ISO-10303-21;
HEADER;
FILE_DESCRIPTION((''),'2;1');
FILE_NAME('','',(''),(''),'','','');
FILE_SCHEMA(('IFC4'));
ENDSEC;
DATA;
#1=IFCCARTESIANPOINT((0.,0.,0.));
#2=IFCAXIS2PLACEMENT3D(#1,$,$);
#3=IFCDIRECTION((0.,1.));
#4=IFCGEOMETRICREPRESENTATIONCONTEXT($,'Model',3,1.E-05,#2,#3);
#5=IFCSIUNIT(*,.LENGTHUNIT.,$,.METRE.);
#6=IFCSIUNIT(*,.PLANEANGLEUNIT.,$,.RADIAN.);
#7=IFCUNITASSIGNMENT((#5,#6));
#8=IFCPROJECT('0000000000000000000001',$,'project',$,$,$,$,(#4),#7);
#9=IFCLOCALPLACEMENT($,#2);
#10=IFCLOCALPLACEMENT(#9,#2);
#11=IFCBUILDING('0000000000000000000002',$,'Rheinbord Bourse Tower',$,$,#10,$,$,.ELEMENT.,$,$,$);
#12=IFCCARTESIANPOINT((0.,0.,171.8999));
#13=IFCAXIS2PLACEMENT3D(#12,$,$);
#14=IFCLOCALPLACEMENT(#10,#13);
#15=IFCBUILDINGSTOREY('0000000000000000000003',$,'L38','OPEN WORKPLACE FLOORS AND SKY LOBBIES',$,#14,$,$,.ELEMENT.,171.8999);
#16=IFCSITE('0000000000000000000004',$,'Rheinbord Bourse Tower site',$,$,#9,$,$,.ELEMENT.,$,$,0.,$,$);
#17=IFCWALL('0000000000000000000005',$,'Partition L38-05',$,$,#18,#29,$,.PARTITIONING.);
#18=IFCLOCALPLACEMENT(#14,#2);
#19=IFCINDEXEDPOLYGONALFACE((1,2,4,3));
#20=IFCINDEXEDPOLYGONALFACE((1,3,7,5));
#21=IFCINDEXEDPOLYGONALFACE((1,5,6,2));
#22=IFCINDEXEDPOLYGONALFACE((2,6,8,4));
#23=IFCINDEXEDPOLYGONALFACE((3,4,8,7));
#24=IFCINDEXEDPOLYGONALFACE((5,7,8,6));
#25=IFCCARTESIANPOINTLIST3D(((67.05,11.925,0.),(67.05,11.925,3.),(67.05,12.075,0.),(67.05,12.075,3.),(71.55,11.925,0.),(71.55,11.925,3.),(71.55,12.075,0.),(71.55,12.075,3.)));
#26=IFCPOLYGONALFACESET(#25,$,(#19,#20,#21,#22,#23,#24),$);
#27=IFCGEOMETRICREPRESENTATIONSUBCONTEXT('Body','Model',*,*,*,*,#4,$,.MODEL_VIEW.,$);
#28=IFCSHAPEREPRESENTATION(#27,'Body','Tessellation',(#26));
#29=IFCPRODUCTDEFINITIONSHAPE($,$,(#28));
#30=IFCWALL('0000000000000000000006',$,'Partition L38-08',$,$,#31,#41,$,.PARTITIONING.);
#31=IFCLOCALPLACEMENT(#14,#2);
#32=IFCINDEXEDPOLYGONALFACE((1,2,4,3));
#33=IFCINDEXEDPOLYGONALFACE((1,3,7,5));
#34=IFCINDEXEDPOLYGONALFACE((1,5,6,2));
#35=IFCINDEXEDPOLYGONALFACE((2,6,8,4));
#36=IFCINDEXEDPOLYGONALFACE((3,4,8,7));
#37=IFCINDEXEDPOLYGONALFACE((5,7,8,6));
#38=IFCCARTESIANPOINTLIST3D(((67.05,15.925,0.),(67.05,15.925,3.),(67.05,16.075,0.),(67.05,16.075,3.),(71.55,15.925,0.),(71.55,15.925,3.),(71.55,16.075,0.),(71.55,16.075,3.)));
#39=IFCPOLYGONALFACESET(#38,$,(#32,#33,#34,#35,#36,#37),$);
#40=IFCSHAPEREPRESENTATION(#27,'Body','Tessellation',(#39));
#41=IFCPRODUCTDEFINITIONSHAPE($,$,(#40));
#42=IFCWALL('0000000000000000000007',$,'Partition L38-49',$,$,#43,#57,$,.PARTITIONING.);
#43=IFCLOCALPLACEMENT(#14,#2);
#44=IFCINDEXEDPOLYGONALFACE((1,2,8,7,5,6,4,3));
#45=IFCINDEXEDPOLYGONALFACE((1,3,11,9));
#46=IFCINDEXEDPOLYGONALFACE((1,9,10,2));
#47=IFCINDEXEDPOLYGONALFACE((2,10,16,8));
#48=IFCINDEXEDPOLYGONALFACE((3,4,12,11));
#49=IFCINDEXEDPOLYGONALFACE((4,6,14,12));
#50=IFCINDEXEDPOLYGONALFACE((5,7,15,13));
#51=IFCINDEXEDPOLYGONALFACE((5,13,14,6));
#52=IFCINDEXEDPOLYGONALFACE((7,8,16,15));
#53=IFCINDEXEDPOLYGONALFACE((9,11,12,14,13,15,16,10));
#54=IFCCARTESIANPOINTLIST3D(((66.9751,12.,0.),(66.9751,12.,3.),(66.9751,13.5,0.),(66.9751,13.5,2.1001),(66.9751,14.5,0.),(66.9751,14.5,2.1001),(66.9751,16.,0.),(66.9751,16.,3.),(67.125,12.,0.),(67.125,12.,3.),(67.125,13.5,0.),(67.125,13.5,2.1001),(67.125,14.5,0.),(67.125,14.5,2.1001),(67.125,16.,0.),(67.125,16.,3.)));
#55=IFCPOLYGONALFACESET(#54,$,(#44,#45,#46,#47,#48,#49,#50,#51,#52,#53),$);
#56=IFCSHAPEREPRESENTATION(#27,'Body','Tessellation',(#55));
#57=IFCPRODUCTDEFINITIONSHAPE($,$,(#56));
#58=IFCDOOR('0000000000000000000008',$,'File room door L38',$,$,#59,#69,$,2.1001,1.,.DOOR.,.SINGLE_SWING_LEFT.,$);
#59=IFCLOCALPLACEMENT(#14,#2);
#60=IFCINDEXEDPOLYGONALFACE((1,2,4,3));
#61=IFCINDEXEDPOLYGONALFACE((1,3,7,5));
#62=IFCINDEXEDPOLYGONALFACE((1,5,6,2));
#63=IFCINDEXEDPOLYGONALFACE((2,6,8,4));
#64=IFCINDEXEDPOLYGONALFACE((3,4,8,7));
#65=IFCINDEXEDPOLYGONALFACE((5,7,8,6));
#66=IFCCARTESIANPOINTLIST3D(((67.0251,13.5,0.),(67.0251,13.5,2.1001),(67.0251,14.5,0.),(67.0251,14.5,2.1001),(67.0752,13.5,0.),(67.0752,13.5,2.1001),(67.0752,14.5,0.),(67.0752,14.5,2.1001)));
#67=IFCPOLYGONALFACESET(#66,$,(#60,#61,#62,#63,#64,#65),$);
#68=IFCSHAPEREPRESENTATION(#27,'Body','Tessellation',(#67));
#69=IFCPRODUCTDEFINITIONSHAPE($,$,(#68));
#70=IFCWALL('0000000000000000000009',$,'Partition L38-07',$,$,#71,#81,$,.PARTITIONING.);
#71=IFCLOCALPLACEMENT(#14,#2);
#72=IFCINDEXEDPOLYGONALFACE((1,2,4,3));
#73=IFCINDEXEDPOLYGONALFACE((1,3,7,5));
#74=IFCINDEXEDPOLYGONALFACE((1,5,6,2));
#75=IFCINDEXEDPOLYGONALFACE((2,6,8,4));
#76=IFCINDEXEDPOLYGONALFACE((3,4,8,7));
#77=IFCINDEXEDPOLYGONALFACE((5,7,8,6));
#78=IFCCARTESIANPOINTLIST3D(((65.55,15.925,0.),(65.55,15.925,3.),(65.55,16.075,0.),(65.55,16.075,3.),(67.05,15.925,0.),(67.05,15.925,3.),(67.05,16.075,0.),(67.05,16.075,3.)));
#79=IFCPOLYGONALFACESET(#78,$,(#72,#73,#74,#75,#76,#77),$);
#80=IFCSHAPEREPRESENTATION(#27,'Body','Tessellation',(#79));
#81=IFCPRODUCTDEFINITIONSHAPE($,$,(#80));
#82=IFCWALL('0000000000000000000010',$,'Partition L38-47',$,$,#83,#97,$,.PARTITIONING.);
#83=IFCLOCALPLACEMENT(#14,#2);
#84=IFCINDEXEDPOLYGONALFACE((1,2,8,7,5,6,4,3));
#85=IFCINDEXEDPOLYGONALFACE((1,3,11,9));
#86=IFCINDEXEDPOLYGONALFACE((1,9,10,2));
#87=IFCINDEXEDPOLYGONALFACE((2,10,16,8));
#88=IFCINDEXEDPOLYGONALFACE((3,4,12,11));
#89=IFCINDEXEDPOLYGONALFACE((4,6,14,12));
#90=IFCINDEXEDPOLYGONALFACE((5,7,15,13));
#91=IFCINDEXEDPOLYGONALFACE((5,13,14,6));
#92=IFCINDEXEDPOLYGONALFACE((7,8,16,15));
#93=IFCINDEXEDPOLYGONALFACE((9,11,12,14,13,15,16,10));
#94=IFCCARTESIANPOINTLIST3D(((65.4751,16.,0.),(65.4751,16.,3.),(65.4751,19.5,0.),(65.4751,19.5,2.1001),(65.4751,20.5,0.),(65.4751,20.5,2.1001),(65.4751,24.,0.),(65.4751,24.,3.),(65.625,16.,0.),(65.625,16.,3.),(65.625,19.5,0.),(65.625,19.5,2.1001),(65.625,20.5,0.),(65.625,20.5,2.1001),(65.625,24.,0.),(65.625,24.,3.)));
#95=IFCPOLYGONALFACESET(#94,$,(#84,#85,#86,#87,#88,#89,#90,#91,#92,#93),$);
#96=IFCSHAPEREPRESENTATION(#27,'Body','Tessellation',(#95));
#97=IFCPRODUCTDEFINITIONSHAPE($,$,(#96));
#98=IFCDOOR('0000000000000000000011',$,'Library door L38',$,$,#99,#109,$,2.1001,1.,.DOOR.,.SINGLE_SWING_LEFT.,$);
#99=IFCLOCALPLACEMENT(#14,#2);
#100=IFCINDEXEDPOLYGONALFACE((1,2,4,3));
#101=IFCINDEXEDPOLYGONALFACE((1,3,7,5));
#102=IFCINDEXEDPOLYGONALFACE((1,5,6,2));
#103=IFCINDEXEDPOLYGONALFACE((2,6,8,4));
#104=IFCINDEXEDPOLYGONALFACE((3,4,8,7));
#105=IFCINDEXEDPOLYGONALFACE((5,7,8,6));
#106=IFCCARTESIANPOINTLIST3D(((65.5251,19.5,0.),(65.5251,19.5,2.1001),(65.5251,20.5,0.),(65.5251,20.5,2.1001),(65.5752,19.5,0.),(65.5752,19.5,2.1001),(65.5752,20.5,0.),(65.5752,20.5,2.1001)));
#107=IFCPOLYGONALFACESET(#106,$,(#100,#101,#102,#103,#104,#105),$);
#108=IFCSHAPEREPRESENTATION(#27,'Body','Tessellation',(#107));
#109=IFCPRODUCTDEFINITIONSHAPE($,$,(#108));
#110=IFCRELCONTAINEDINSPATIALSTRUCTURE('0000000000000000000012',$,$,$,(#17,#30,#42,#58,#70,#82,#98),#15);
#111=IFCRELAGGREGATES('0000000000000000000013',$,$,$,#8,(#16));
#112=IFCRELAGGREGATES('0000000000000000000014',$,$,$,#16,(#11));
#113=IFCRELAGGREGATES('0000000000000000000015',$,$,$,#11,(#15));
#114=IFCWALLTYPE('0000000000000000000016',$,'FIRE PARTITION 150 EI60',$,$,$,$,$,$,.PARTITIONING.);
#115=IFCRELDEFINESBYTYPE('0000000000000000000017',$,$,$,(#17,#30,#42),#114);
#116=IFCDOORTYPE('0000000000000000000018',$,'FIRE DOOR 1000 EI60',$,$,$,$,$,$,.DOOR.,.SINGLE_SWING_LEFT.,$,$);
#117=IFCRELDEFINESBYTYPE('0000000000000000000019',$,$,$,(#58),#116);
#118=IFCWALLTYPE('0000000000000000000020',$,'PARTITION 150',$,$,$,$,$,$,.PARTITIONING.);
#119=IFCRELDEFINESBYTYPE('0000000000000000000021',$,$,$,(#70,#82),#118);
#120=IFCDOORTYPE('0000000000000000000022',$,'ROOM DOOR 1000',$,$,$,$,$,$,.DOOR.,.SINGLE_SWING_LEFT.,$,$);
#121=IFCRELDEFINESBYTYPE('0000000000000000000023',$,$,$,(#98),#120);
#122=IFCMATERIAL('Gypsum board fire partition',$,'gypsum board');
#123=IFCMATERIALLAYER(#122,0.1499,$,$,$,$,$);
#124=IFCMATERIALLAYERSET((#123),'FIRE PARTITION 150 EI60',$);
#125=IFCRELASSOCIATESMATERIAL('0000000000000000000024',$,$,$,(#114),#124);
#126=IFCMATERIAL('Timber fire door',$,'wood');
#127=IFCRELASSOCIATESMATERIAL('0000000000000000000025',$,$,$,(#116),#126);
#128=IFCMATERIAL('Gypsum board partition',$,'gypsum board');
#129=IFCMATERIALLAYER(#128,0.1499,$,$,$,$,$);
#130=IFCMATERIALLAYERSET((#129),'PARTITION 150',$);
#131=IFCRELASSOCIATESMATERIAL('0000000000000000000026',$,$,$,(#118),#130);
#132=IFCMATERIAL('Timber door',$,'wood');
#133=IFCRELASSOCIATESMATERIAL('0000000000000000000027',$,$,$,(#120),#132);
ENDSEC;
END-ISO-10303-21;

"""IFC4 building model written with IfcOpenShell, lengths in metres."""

from ifc_helpers import new_model, si_unit, direction, frame, frame_2d, origin, place, context, subcontext, project, spatial, rectangle, extrude, material, layer, layer_set, type_object, element, fill, save


model = new_model("IFC4")

# Units and contexts
model_context = context("Model", 3, precision=1e-05, world=origin(), true_north=direction((0.0, 1.0)))
body_context = subcontext(model_context, "Body", "Model", "MODEL_VIEW")
ifc_project = project(units=[si_unit("LENGTHUNIT", "METRE"), si_unit("PLANEANGLEUNIT", "RADIAN")], contexts=[model_context])

# Site, building, storey
site_placement = place(None, origin())
site = spatial("IfcSite", under=ifc_project, at=site_placement, Name="Rheinbord Bourse Tower site", CompositionType="ELEMENT", RefElevation=0.0)
building_placement = place(site_placement, origin())
building = spatial("IfcBuilding", under=site, at=building_placement, Name="Rheinbord Bourse Tower", CompositionType="ELEMENT")
storey_placement = place(building_placement, frame((0.0, 0.0, 171.8999)))
storey = spatial("IfcBuildingStorey", under=building, at=storey_placement, Name="L38", Description="OPEN WORKPLACE FLOORS AND SKY LOBBIES", CompositionType="ELEMENT", Elevation=171.8999)

# Walls
ifc_material_1 = material(Name="Gypsum board fire partition", Category="gypsum board")
ifc_layer_1 = layer(ifc_material_1, 0.1499)
ifc_layer_set_1 = layer_set([ifc_layer_1], Name="FIRE PARTITION 150 EI60")
wall_type_1 = type_object("IfcWallType", Name="FIRE PARTITION 150 EI60", PredefinedType="PARTITIONING", material=ifc_layer_set_1)
for number, where, z_axis, x_axis, name in (
    (1, (67.05, 12.0, 0.0), (0.0, 0.0, 1.0), (1.0, 0.0, 0.0), "Partition L38-05"),
    (2, (67.05, 16.0, 0.0), (0.0, 0.0, 1.0), (1.0, 0.0, 0.0), "Partition L38-08"),
):
    element("IfcWall", number, at=place(storey_placement, frame(where, z_axis=z_axis, x_axis=x_axis)), inside=storey, type_object=wall_type_1, Name=name, PredefinedType="PARTITIONING", context=body_context, shape_type="SweptSolid", body=[
        extrude(rectangle(XDim=4.5, YDim=0.1499, at=frame_2d((2.25, 0.0))), origin(), (0.0, 0.0, 1.0), 3.0),
    ])

# Wall, opening, door
wall_1_placement = place(storey_placement, frame((67.05, 12.0, 0.0), z_axis=(0.0, 0.0, 1.0), x_axis=(0.0, 1.0, 0.0)))
wall_1 = element("IfcWall", 3, at=wall_1_placement, inside=storey, type_object=wall_type_1, Name="Partition L38-49", PredefinedType="PARTITIONING", context=body_context, shape_type="SweptSolid", body=[
    extrude(rectangle(XDim=4.0, YDim=0.1499, at=frame_2d((2.0, 0.0))), origin(), (0.0, 0.0, 1.0), 3.0),
])
opening_1_placement = place(wall_1_placement, frame((1.5, 0.0, 0.0)))
opening_1 = element("IfcOpeningElement", 4, at=opening_1_placement, cuts=wall_1, PredefinedType="OPENING", context=body_context, shape_type="SweptSolid", body=[
    extrude(rectangle(XDim=1.0, YDim=2.1001, at=frame_2d((0.5, 1.05))), frame((0.0, 0.085, 0.0), z_axis=(0.0, -1.0, 0.0), x_axis=(1.0, 0.0, 0.0)), (0.0, 0.0, 1.0), 0.1699),
])
ifc_material_2 = material(Name="Timber fire door", Category="wood")
door_type_1 = type_object("IfcDoorType", Name="FIRE DOOR 1000 EI60", OperationType="SINGLE_SWING_LEFT", PredefinedType="DOOR", material=ifc_material_2)
door_1_placement = place(opening_1_placement, origin())
door_1 = element("IfcDoor", 5, at=door_1_placement, inside=storey, type_object=door_type_1, Name="File room door L38", OperationType="SINGLE_SWING_LEFT", OverallHeight=2.1001, OverallWidth=1.0, PredefinedType="DOOR", context=body_context, shape_type="SweptSolid", body=[
    extrude(rectangle(XDim=1.0, YDim=2.1001, at=frame_2d((0.5, 1.05))), frame((0.0, 0.0249, 0.0), z_axis=(0.0, -1.0, 0.0), x_axis=(1.0, 0.0, 0.0)), (0.0, 0.0, 1.0), 0.05),
])
fill(opening_1, door_1)

# Wall
ifc_material_3 = material(Name="Gypsum board partition", Category="gypsum board")
ifc_layer_2 = layer(ifc_material_3, 0.1499)
ifc_layer_set_2 = layer_set([ifc_layer_2], Name="PARTITION 150")
wall_type_2 = type_object("IfcWallType", Name="PARTITION 150", PredefinedType="PARTITIONING", material=ifc_layer_set_2)
wall_2_placement = place(storey_placement, frame((65.55, 16.0, 0.0), z_axis=(0.0, 0.0, 1.0), x_axis=(1.0, 0.0, 0.0)))
element("IfcWall", 6, at=wall_2_placement, inside=storey, type_object=wall_type_2, Name="Partition L38-07", PredefinedType="PARTITIONING", context=body_context, shape_type="SweptSolid", body=[
    extrude(rectangle(XDim=1.5, YDim=0.1499, at=frame_2d((0.75, 0.0))), origin(), (0.0, 0.0, 1.0), 3.0),
])

# Wall, opening, door
wall_3_placement = place(storey_placement, frame((65.55, 16.0, 0.0), z_axis=(0.0, 0.0, 1.0), x_axis=(0.0, 1.0, 0.0)))
wall_3 = element("IfcWall", 7, at=wall_3_placement, inside=storey, type_object=wall_type_2, Name="Partition L38-47", PredefinedType="PARTITIONING", context=body_context, shape_type="SweptSolid", body=[
    extrude(rectangle(XDim=8.0, YDim=0.1499, at=frame_2d((4.0, 0.0))), origin(), (0.0, 0.0, 1.0), 3.0),
])
opening_2_placement = place(wall_3_placement, frame((3.5, 0.0, 0.0)))
opening_2 = element("IfcOpeningElement", 8, at=opening_2_placement, cuts=wall_3, PredefinedType="OPENING", context=body_context, shape_type="SweptSolid", body=[
    extrude(rectangle(XDim=1.0, YDim=2.1001, at=frame_2d((0.5, 1.05))), frame((0.0, 0.085, 0.0), z_axis=(0.0, -1.0, 0.0), x_axis=(1.0, 0.0, 0.0)), (0.0, 0.0, 1.0), 0.1699),
])
ifc_material_4 = material(Name="Timber door", Category="wood")
door_type_2 = type_object("IfcDoorType", Name="ROOM DOOR 1000", OperationType="SINGLE_SWING_LEFT", PredefinedType="DOOR", material=ifc_material_4)
door_2_placement = place(opening_2_placement, origin())
door_2 = element("IfcDoor", 9, at=door_2_placement, inside=storey, type_object=door_type_2, Name="Library door L38", OperationType="SINGLE_SWING_LEFT", OverallHeight=2.1001, OverallWidth=1.0, PredefinedType="DOOR", context=body_context, shape_type="SweptSolid", body=[
    extrude(rectangle(XDim=1.0, YDim=2.1001, at=frame_2d((0.5, 1.05))), frame((0.0, 0.0249, 0.0), z_axis=(0.0, -1.0, 0.0), x_axis=(1.0, 0.0, 0.0)), (0.0, 0.0, 1.0), 0.05),
])
fill(opening_2, door_2)

save(model, "model.ifc")
